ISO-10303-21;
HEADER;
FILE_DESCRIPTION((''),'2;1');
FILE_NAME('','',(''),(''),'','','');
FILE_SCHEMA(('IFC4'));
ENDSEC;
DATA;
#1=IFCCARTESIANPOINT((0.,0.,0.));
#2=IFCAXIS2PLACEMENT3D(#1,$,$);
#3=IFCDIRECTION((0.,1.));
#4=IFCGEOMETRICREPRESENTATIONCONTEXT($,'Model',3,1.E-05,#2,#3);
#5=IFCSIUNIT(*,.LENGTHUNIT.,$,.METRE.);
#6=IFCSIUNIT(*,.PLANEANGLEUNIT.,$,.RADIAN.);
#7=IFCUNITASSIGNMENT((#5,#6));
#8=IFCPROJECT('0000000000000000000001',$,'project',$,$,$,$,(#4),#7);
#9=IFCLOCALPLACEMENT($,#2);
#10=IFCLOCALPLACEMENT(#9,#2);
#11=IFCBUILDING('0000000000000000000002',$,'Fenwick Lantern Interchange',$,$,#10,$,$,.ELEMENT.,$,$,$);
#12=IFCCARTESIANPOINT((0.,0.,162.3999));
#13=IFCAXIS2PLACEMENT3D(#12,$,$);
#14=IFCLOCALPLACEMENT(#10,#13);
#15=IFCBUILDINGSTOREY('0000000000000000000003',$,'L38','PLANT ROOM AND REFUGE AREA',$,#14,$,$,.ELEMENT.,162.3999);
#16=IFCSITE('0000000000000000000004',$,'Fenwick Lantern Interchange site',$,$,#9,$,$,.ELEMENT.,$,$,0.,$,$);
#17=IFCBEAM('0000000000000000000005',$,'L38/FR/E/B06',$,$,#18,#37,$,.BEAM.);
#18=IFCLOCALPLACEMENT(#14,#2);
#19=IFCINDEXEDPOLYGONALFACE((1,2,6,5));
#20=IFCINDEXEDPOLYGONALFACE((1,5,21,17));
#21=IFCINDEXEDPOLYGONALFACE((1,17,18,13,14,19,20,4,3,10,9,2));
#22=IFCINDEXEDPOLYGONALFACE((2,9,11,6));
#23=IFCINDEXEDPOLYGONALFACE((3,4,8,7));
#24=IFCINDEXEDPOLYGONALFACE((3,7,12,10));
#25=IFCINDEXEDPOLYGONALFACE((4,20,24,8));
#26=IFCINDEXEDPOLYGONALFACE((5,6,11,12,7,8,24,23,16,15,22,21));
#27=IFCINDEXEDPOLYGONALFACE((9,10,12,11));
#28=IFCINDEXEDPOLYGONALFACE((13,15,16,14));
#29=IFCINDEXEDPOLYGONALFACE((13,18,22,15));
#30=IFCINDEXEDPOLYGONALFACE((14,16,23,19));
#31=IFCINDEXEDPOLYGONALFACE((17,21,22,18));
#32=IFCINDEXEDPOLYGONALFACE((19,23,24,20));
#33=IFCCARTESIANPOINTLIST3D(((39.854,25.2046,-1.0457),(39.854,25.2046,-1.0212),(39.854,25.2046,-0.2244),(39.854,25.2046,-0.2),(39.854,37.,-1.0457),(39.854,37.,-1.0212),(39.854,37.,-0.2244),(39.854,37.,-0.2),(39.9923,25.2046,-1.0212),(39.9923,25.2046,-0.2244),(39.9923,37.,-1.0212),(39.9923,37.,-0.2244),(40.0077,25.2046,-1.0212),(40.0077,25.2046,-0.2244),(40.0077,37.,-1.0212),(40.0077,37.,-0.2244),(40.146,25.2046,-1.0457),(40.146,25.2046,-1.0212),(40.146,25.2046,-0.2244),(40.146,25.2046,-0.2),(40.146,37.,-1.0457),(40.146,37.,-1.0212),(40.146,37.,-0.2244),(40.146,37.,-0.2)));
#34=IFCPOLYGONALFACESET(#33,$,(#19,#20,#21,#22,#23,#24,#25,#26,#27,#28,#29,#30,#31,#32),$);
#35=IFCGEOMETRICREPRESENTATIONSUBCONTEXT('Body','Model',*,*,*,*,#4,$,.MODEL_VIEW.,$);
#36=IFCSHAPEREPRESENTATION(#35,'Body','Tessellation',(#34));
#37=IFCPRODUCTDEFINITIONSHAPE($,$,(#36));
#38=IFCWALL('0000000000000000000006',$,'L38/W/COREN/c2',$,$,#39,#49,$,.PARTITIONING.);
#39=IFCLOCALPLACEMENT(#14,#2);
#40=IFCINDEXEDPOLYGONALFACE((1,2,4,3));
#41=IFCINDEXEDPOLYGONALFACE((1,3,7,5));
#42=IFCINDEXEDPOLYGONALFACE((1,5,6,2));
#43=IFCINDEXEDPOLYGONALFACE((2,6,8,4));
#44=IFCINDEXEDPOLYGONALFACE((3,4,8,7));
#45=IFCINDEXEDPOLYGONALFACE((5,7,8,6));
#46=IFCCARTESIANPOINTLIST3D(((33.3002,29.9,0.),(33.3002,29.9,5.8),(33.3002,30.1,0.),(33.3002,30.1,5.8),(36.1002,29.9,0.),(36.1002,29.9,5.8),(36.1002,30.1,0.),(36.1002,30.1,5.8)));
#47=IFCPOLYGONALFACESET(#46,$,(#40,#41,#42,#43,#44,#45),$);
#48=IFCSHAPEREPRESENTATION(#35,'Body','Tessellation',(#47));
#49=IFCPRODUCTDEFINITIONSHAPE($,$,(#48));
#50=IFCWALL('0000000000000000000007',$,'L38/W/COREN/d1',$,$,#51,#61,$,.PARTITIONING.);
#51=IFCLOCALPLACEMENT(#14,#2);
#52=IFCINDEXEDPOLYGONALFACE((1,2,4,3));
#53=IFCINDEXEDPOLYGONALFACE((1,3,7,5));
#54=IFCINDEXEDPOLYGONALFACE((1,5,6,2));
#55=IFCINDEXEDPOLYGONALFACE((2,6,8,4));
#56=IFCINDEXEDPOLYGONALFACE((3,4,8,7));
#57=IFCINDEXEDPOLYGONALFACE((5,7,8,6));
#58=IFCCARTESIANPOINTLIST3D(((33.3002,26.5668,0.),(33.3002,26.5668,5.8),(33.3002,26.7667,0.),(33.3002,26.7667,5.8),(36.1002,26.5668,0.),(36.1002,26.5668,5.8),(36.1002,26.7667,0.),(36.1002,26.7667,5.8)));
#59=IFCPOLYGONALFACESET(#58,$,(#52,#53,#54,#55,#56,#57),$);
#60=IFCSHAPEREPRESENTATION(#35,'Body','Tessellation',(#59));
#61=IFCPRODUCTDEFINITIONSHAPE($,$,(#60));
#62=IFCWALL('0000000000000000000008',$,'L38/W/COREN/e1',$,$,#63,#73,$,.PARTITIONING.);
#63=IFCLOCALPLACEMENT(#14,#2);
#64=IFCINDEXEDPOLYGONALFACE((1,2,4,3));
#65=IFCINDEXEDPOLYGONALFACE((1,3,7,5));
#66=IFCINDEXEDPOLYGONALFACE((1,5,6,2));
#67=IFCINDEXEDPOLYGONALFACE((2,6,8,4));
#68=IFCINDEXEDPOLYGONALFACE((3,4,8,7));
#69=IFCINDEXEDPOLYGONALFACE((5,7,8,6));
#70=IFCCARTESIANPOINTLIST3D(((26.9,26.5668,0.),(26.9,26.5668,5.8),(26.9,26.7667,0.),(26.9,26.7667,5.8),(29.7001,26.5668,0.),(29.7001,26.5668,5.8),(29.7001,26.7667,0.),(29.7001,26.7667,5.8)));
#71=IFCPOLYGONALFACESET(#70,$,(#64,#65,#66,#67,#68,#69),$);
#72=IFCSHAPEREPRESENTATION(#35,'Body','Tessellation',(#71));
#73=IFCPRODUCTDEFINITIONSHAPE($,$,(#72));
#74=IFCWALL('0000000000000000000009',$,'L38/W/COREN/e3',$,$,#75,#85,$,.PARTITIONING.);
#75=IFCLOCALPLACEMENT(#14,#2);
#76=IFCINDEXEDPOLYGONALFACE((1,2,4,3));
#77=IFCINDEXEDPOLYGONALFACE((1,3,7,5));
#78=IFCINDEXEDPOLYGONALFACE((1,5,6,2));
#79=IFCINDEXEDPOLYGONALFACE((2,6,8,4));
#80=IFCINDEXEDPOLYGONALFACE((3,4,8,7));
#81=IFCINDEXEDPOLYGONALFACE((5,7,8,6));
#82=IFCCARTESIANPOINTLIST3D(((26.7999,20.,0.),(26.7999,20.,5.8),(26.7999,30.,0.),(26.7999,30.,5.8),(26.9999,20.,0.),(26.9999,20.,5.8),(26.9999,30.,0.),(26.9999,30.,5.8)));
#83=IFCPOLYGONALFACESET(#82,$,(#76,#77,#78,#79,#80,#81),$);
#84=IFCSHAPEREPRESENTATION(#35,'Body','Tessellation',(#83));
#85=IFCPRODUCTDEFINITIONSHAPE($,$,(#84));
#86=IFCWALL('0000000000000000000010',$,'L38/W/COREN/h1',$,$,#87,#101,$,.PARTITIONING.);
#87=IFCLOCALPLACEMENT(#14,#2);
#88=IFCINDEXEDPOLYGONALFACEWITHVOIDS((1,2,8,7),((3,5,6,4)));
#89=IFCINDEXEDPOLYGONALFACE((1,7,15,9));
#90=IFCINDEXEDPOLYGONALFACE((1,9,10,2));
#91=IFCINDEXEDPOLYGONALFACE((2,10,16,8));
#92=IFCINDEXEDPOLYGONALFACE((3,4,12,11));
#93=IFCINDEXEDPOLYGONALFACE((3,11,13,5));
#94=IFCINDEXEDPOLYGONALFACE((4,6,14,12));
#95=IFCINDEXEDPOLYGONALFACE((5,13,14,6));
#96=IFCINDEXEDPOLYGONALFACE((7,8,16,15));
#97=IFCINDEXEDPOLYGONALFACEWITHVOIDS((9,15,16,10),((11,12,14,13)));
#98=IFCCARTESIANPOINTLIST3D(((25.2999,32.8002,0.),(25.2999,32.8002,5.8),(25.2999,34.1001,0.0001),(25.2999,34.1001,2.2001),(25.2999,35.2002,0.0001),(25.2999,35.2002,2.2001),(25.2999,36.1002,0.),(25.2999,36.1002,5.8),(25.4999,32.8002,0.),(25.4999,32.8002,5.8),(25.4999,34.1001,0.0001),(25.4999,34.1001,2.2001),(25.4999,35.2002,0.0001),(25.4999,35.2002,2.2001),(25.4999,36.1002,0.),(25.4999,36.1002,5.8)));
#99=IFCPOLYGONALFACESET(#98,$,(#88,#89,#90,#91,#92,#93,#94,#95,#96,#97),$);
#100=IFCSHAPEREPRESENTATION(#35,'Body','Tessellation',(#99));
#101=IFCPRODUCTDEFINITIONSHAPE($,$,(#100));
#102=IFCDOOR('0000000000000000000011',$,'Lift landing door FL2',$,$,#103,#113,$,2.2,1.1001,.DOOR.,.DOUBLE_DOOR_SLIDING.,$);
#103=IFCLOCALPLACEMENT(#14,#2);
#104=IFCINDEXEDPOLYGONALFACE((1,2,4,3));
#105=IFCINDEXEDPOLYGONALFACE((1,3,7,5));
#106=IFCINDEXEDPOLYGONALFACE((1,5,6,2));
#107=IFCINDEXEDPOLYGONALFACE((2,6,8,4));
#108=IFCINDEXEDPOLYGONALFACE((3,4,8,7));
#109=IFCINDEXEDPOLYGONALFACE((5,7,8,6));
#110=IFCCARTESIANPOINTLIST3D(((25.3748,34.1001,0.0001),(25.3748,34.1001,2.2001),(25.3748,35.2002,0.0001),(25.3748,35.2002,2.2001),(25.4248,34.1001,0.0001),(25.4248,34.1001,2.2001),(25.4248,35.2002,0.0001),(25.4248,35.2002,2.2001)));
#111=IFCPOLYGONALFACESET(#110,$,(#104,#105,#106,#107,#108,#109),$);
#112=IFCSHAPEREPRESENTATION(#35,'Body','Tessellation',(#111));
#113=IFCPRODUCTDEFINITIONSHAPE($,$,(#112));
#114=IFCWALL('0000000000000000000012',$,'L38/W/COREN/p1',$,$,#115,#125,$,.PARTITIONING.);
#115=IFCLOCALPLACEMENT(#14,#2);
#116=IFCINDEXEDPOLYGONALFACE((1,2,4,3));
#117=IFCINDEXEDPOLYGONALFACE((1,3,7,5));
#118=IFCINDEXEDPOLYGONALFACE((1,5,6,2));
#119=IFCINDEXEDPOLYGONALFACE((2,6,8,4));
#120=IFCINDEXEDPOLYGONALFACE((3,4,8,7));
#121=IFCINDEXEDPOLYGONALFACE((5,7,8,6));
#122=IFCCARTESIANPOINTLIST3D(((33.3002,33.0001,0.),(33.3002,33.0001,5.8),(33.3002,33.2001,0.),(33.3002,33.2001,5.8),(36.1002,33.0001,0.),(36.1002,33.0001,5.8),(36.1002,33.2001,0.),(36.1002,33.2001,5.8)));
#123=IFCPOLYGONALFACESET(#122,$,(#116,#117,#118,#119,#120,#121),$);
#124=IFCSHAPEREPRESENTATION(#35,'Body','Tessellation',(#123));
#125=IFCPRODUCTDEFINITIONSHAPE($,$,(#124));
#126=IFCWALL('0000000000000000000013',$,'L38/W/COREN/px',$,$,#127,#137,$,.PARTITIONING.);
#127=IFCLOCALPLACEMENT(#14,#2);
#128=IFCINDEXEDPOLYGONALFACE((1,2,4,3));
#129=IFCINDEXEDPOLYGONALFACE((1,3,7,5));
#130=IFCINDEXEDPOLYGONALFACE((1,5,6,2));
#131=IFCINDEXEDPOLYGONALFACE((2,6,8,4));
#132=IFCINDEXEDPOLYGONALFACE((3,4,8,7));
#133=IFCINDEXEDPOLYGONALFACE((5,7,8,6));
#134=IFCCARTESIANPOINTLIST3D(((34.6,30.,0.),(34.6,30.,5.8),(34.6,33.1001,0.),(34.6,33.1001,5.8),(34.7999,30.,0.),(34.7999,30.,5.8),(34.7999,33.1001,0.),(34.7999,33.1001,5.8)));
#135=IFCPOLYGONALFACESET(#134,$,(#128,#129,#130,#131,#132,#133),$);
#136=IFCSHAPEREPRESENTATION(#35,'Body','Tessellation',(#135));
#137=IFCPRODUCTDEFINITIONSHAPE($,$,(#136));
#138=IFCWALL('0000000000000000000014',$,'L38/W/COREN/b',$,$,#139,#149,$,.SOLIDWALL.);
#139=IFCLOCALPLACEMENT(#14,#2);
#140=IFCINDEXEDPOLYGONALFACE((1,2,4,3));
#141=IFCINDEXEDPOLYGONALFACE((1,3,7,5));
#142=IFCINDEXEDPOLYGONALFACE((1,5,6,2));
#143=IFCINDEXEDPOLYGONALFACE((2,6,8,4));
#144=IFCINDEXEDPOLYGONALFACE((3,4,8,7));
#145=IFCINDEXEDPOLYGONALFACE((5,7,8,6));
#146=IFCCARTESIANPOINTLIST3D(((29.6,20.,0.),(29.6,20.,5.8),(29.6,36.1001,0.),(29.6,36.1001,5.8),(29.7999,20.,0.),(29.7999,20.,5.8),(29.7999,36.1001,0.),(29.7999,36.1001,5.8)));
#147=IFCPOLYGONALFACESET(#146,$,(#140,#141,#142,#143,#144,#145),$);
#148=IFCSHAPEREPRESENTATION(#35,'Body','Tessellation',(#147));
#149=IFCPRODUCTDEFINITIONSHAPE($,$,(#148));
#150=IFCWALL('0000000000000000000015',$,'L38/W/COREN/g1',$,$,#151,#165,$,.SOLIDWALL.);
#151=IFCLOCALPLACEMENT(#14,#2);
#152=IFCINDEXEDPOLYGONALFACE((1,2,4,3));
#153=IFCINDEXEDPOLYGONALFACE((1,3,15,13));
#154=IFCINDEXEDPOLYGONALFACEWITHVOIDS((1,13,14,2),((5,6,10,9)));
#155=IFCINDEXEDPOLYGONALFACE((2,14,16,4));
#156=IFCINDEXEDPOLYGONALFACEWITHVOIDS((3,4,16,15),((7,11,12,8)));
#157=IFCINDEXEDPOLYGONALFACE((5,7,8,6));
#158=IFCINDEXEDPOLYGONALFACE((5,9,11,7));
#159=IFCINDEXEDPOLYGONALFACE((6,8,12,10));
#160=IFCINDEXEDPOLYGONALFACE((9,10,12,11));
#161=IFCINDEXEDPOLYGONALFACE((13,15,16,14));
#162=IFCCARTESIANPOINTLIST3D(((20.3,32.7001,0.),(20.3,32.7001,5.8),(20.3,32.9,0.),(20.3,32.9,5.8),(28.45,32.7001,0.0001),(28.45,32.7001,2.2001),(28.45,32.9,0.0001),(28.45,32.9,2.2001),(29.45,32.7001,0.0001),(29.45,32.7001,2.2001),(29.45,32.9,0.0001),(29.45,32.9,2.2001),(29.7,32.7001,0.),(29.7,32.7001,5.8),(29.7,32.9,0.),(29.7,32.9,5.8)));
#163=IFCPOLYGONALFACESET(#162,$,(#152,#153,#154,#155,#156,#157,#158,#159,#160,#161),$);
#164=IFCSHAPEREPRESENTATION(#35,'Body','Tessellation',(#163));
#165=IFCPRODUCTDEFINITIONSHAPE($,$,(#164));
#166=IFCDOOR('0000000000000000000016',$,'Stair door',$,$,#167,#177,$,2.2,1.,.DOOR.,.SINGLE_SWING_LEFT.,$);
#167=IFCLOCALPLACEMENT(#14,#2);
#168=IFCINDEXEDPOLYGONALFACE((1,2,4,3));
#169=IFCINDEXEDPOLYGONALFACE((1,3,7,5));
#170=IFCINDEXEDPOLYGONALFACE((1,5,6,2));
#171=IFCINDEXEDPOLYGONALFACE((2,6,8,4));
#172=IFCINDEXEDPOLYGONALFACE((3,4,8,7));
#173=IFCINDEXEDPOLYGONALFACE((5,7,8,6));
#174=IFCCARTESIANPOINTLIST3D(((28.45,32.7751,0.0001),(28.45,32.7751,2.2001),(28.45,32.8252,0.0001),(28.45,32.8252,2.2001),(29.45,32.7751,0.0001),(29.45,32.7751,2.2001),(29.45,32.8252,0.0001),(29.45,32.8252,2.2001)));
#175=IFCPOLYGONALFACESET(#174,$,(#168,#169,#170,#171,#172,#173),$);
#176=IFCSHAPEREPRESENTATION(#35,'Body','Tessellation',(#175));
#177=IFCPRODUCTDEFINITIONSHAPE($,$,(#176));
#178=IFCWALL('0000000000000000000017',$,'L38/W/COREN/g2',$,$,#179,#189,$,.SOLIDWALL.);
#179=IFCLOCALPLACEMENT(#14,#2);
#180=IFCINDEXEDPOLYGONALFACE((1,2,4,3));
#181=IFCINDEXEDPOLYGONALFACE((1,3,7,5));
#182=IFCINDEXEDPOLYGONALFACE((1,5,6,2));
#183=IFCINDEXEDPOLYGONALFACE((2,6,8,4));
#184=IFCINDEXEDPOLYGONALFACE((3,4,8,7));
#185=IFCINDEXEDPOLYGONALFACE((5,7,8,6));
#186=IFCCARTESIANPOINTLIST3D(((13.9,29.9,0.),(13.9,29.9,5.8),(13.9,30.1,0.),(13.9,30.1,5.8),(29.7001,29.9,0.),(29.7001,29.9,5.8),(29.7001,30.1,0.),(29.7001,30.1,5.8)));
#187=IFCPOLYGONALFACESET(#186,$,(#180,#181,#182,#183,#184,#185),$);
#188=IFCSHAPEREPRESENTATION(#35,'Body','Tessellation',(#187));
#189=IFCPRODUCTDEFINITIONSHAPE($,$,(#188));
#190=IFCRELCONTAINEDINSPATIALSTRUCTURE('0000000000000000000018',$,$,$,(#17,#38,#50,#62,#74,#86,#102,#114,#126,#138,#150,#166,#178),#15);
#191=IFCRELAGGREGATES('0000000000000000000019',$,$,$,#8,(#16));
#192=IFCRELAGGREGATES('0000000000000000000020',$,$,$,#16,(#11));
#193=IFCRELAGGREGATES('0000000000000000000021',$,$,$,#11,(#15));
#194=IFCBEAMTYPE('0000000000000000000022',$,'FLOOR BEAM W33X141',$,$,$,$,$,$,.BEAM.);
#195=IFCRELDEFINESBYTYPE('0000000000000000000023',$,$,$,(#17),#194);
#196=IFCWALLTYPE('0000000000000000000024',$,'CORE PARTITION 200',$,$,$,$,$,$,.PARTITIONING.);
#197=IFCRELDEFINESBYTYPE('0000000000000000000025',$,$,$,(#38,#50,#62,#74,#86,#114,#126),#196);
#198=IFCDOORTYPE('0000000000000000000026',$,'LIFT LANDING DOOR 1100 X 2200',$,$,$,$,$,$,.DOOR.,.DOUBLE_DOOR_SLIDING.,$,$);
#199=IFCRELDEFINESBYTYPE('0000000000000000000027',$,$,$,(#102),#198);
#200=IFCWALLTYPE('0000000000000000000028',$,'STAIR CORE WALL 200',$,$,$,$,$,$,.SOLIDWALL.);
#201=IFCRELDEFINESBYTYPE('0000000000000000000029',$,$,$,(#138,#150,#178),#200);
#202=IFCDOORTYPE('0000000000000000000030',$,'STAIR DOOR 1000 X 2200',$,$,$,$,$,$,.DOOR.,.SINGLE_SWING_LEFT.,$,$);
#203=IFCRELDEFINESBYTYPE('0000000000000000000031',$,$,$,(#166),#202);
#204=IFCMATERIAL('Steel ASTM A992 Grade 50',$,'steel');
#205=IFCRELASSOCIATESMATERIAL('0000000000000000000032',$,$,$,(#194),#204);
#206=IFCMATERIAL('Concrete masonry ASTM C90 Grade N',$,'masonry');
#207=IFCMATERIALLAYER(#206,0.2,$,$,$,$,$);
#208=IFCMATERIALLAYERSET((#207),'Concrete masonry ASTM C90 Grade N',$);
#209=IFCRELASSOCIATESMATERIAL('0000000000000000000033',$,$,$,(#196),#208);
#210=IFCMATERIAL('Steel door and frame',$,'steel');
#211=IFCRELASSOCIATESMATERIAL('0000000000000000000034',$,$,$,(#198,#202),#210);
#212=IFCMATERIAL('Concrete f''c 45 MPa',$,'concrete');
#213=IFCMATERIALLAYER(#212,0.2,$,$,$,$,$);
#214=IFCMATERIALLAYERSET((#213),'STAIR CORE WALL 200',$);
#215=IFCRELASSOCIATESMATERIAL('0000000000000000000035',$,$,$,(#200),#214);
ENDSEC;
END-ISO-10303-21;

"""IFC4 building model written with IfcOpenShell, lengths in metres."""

from ifc_helpers import new_model, si_unit, direction, frame, frame_2d, origin, origin_2d, place, context, subcontext, project, spatial, rectangle, i_section, extrude, material, layer, layer_set, material_profile, profile_set, type_object, element, fill, save


model = new_model("IFC4")

# Units and contexts
model_context = context("Model", 3, precision=1e-05, world=origin(), true_north=direction((0.0, 1.0)))
body_context = subcontext(model_context, "Body", "Model", "MODEL_VIEW")
ifc_project = project(units=[si_unit("LENGTHUNIT", "METRE"), si_unit("PLANEANGLEUNIT", "RADIAN")], contexts=[model_context])

# Site, building, storey
site_placement = place(None, origin())
site = spatial("IfcSite", under=ifc_project, at=site_placement, Name="Fenwick Lantern Interchange site", CompositionType="ELEMENT", RefElevation=0.0)
building_placement = place(site_placement, origin())
building = spatial("IfcBuilding", under=site, at=building_placement, Name="Fenwick Lantern Interchange", CompositionType="ELEMENT")
storey_placement = place(building_placement, frame((0.0, 0.0, 162.3999)))
storey = spatial("IfcBuildingStorey", under=building, at=storey_placement, Name="L38", Description="PLANT ROOM AND REFUGE AREA", CompositionType="ELEMENT", Elevation=162.3999)

# Beam
ifc_material_1 = material(Name="Steel ASTM A992 Grade 50", Category="steel")
ifc_material_profile = material_profile(ifc_material_1, i_section(OverallWidth=0.292, OverallDepth=0.8457, WebThickness=0.0154, FlangeThickness=0.0244, at=origin_2d()), Name="W33X141")
ifc_profile_set = profile_set([ifc_material_profile], Name="Steel ASTM A992 Grade 50")
beam_type = type_object("IfcBeamType", Name="FLOOR BEAM W33X141", PredefinedType="BEAM", material=ifc_profile_set)
beam_placement = place(storey_placement, frame((40.0, 25.2046, -0.6228), z_axis=(0.0, 1.0, 0.0), x_axis=(-1.0, 0.0, 0.0)))
element("IfcBeam", 1, at=beam_placement, inside=storey, type_object=beam_type, Name="L38/FR/E/B06", PredefinedType="BEAM", context=body_context, shape_type="SweptSolid", body=[
    extrude(i_section(OverallWidth=0.292, OverallDepth=0.8457, WebThickness=0.0154, FlangeThickness=0.0244, at=origin_2d()), origin(), (0.0, 0.0, 1.0), 11.7954),
])

# Walls
ifc_material_2 = material(Name="Concrete masonry ASTM C90 Grade N", Category="masonry")
ifc_layer_1 = layer(ifc_material_2, 0.2)
ifc_layer_set_1 = layer_set([ifc_layer_1], Name="Concrete masonry ASTM C90 Grade N")
wall_type_1 = type_object("IfcWallType", Name="CORE PARTITION 200", PredefinedType="PARTITIONING", material=ifc_layer_set_1)
for number, where, z_axis, x_axis, name in (
    (2, (36.1001, 30.0, 0.0), (0.0, 0.0, 1.0), (-1.0, 0.0, 0.0), "L38/W/COREN/c2"),
    (3, (36.1001, 26.6667, 0.0), (0.0, 0.0, 1.0), (-1.0, 0.0, 0.0), "L38/W/COREN/d1"),
    (4, (29.7, 26.6667, 0.0), (0.0, 0.0, 1.0), (-1.0, 0.0, 0.0), "L38/W/COREN/e1"),
):
    element("IfcWall", number, at=place(storey_placement, frame(where, z_axis=z_axis, x_axis=x_axis)), inside=storey, type_object=wall_type_1, Name=name, PredefinedType="PARTITIONING", context=body_context, shape_type="SweptSolid", body=[
        extrude(rectangle(XDim=2.8, YDim=0.2, at=frame_2d((1.3999, 0.0))), origin(), (0.0, 0.0, 1.0), 5.8),
    ])
wall_1_placement = place(storey_placement, frame((26.8999, 30.0, 0.0), z_axis=(0.0, 0.0, 1.0), x_axis=(0.0, -1.0, 0.0)))
element("IfcWall", 5, at=wall_1_placement, inside=storey, type_object=wall_type_1, Name="L38/W/COREN/e3", PredefinedType="PARTITIONING", context=body_context, shape_type="SweptSolid", body=[
    extrude(rectangle(XDim=10.0, YDim=0.2, at=frame_2d((5.0, 0.0))), origin(), (0.0, 0.0, 1.0), 5.8),
])

# Wall, opening, door
wall_2_placement = place(storey_placement, frame((25.3999, 36.1001, 0.0), z_axis=(0.0, 0.0, 1.0), x_axis=(0.0, -1.0, 0.0)))
wall_2 = element("IfcWall", 6, at=wall_2_placement, inside=storey, type_object=wall_type_1, Name="L38/W/COREN/h1", PredefinedType="PARTITIONING", context=body_context, shape_type="SweptSolid", body=[
    extrude(rectangle(XDim=3.3, YDim=0.2, at=frame_2d((1.6499, 0.0))), origin(), (0.0, 0.0, 1.0), 5.8),
])
opening_1_placement = place(wall_2_placement, frame((0.8999, 0.0, 0.0)))
opening_1 = element("IfcOpeningElement", 7, at=opening_1_placement, cuts=wall_2, PredefinedType="OPENING", context=body_context, shape_type="SweptSolid", body=[
    extrude(rectangle(XDim=1.1001, YDim=2.2, at=frame_2d((0.55, 1.1001))), frame((0.0, 0.1099, 0.0), z_axis=(0.0, -1.0, 0.0), x_axis=(1.0, 0.0, 0.0)), (0.0, 0.0, 1.0), 0.22),
])
ifc_material_3 = material(Name="Steel door and frame", Category="steel")
door_type_1 = type_object("IfcDoorType", Name="LIFT LANDING DOOR 1100 X 2200", OperationType="DOUBLE_DOOR_SLIDING", PredefinedType="DOOR", material=ifc_material_3)
door_1_placement = place(opening_1_placement, origin())
door_1 = element("IfcDoor", 8, at=door_1_placement, inside=storey, type_object=door_type_1, Name="Lift landing door FL2", OperationType="DOUBLE_DOOR_SLIDING", OverallHeight=2.2, OverallWidth=1.1001, PredefinedType="DOOR", context=body_context, shape_type="SweptSolid", body=[
    extrude(rectangle(XDim=1.1001, YDim=2.2, at=frame_2d((0.55, 1.1001))), frame((0.0, 0.0249, 0.0), z_axis=(0.0, -1.0, 0.0), x_axis=(1.0, 0.0, 0.0)), (0.0, 0.0, 1.0), 0.05),
])
fill(opening_1, door_1)

# Walls
wall_3_placement = place(storey_placement, frame((36.1001, 33.1001, 0.0), z_axis=(0.0, 0.0, 1.0), x_axis=(-1.0, 0.0, 0.0)))
element("IfcWall", 9, at=wall_3_placement, inside=storey, type_object=wall_type_1, Name="L38/W/COREN/p1", PredefinedType="PARTITIONING", context=body_context, shape_type="SweptSolid", body=[
    extrude(rectangle(XDim=2.8, YDim=0.2, at=frame_2d((1.3999, 0.0))), origin(), (0.0, 0.0, 1.0), 5.8),
])
wall_4_placement = place(storey_placement, frame((34.7, 33.1001, 0.0), z_axis=(0.0, 0.0, 1.0), x_axis=(0.0, -1.0, 0.0)))
element("IfcWall", 10, at=wall_4_placement, inside=storey, type_object=wall_type_1, Name="L38/W/COREN/px", PredefinedType="PARTITIONING", context=body_context, shape_type="SweptSolid", body=[
    extrude(rectangle(XDim=3.1001, YDim=0.2, at=frame_2d((1.55, 0.0))), origin(), (0.0, 0.0, 1.0), 5.8),
])
ifc_material_4 = material(Name="Concrete f'c 45 MPa", Category="concrete")
ifc_layer_2 = layer(ifc_material_4, 0.2)
ifc_layer_set_2 = layer_set([ifc_layer_2], Name="STAIR CORE WALL 200")
wall_type_2 = type_object("IfcWallType", Name="STAIR CORE WALL 200", PredefinedType="SOLIDWALL", material=ifc_layer_set_2)
wall_5_placement = place(storey_placement, frame((29.7, 36.1001, 0.0), z_axis=(0.0, 0.0, 1.0), x_axis=(0.0, -1.0, 0.0)))
element("IfcWall", 11, at=wall_5_placement, inside=storey, type_object=wall_type_2, Name="L38/W/COREN/b", PredefinedType="SOLIDWALL", context=body_context, shape_type="SweptSolid", body=[
    extrude(rectangle(XDim=16.1001, YDim=0.2, at=frame_2d((8.05, 0.0))), origin(), (0.0, 0.0, 1.0), 5.8),
])

# Wall, opening, door
wall_6_placement = place(storey_placement, frame((29.7, 32.8, 0.0), z_axis=(0.0, 0.0, 1.0), x_axis=(-1.0, 0.0, 0.0)))
wall_6 = element("IfcWall", 12, at=wall_6_placement, inside=storey, type_object=wall_type_2, Name="L38/W/COREN/g1", PredefinedType="SOLIDWALL", context=body_context, shape_type="SweptSolid", body=[
    extrude(rectangle(XDim=9.3999, YDim=0.2, at=frame_2d((4.7, 0.0))), origin(), (0.0, 0.0, 1.0), 5.8),
])
opening_2_placement = place(wall_6_placement, frame((0.25, 0.0, 0.0)))
opening_2 = element("IfcOpeningElement", 13, at=opening_2_placement, cuts=wall_6, PredefinedType="OPENING", context=body_context, shape_type="SweptSolid", body=[
    extrude(rectangle(XDim=1.0, YDim=2.2, at=frame_2d((0.5, 1.1001))), frame((0.0, 0.1099, 0.0), z_axis=(0.0, -1.0, 0.0), x_axis=(1.0, 0.0, 0.0)), (0.0, 0.0, 1.0), 0.22),
])
door_type_2 = type_object("IfcDoorType", Name="STAIR DOOR 1000 X 2200", OperationType="SINGLE_SWING_LEFT", PredefinedType="DOOR", material=ifc_material_3)
door_2_placement = place(opening_2_placement, origin())
door_2 = element("IfcDoor", 14, at=door_2_placement, inside=storey, type_object=door_type_2, Name="Stair door", OperationType="SINGLE_SWING_LEFT", OverallHeight=2.2, OverallWidth=1.0, PredefinedType="DOOR", context=body_context, shape_type="SweptSolid", body=[
    extrude(rectangle(XDim=1.0, YDim=2.2, at=frame_2d((0.5, 1.1001))), frame((0.0, 0.0249, 0.0), z_axis=(0.0, -1.0, 0.0), x_axis=(1.0, 0.0, 0.0)), (0.0, 0.0, 1.0), 0.05),
])
fill(opening_2, door_2)

# Wall
wall_7_placement = place(storey_placement, frame((29.7, 30.0, 0.0), z_axis=(0.0, 0.0, 1.0), x_axis=(-1.0, 0.0, 0.0)))
element("IfcWall", 15, at=wall_7_placement, inside=storey, type_object=wall_type_2, Name="L38/W/COREN/g2", PredefinedType="SOLIDWALL", context=body_context, shape_type="SweptSolid", body=[
    extrude(rectangle(XDim=15.8, YDim=0.2, at=frame_2d((7.8999, 0.0))), origin(), (0.0, 0.0, 1.0), 5.8),
])

save(model, "model.ifc")
